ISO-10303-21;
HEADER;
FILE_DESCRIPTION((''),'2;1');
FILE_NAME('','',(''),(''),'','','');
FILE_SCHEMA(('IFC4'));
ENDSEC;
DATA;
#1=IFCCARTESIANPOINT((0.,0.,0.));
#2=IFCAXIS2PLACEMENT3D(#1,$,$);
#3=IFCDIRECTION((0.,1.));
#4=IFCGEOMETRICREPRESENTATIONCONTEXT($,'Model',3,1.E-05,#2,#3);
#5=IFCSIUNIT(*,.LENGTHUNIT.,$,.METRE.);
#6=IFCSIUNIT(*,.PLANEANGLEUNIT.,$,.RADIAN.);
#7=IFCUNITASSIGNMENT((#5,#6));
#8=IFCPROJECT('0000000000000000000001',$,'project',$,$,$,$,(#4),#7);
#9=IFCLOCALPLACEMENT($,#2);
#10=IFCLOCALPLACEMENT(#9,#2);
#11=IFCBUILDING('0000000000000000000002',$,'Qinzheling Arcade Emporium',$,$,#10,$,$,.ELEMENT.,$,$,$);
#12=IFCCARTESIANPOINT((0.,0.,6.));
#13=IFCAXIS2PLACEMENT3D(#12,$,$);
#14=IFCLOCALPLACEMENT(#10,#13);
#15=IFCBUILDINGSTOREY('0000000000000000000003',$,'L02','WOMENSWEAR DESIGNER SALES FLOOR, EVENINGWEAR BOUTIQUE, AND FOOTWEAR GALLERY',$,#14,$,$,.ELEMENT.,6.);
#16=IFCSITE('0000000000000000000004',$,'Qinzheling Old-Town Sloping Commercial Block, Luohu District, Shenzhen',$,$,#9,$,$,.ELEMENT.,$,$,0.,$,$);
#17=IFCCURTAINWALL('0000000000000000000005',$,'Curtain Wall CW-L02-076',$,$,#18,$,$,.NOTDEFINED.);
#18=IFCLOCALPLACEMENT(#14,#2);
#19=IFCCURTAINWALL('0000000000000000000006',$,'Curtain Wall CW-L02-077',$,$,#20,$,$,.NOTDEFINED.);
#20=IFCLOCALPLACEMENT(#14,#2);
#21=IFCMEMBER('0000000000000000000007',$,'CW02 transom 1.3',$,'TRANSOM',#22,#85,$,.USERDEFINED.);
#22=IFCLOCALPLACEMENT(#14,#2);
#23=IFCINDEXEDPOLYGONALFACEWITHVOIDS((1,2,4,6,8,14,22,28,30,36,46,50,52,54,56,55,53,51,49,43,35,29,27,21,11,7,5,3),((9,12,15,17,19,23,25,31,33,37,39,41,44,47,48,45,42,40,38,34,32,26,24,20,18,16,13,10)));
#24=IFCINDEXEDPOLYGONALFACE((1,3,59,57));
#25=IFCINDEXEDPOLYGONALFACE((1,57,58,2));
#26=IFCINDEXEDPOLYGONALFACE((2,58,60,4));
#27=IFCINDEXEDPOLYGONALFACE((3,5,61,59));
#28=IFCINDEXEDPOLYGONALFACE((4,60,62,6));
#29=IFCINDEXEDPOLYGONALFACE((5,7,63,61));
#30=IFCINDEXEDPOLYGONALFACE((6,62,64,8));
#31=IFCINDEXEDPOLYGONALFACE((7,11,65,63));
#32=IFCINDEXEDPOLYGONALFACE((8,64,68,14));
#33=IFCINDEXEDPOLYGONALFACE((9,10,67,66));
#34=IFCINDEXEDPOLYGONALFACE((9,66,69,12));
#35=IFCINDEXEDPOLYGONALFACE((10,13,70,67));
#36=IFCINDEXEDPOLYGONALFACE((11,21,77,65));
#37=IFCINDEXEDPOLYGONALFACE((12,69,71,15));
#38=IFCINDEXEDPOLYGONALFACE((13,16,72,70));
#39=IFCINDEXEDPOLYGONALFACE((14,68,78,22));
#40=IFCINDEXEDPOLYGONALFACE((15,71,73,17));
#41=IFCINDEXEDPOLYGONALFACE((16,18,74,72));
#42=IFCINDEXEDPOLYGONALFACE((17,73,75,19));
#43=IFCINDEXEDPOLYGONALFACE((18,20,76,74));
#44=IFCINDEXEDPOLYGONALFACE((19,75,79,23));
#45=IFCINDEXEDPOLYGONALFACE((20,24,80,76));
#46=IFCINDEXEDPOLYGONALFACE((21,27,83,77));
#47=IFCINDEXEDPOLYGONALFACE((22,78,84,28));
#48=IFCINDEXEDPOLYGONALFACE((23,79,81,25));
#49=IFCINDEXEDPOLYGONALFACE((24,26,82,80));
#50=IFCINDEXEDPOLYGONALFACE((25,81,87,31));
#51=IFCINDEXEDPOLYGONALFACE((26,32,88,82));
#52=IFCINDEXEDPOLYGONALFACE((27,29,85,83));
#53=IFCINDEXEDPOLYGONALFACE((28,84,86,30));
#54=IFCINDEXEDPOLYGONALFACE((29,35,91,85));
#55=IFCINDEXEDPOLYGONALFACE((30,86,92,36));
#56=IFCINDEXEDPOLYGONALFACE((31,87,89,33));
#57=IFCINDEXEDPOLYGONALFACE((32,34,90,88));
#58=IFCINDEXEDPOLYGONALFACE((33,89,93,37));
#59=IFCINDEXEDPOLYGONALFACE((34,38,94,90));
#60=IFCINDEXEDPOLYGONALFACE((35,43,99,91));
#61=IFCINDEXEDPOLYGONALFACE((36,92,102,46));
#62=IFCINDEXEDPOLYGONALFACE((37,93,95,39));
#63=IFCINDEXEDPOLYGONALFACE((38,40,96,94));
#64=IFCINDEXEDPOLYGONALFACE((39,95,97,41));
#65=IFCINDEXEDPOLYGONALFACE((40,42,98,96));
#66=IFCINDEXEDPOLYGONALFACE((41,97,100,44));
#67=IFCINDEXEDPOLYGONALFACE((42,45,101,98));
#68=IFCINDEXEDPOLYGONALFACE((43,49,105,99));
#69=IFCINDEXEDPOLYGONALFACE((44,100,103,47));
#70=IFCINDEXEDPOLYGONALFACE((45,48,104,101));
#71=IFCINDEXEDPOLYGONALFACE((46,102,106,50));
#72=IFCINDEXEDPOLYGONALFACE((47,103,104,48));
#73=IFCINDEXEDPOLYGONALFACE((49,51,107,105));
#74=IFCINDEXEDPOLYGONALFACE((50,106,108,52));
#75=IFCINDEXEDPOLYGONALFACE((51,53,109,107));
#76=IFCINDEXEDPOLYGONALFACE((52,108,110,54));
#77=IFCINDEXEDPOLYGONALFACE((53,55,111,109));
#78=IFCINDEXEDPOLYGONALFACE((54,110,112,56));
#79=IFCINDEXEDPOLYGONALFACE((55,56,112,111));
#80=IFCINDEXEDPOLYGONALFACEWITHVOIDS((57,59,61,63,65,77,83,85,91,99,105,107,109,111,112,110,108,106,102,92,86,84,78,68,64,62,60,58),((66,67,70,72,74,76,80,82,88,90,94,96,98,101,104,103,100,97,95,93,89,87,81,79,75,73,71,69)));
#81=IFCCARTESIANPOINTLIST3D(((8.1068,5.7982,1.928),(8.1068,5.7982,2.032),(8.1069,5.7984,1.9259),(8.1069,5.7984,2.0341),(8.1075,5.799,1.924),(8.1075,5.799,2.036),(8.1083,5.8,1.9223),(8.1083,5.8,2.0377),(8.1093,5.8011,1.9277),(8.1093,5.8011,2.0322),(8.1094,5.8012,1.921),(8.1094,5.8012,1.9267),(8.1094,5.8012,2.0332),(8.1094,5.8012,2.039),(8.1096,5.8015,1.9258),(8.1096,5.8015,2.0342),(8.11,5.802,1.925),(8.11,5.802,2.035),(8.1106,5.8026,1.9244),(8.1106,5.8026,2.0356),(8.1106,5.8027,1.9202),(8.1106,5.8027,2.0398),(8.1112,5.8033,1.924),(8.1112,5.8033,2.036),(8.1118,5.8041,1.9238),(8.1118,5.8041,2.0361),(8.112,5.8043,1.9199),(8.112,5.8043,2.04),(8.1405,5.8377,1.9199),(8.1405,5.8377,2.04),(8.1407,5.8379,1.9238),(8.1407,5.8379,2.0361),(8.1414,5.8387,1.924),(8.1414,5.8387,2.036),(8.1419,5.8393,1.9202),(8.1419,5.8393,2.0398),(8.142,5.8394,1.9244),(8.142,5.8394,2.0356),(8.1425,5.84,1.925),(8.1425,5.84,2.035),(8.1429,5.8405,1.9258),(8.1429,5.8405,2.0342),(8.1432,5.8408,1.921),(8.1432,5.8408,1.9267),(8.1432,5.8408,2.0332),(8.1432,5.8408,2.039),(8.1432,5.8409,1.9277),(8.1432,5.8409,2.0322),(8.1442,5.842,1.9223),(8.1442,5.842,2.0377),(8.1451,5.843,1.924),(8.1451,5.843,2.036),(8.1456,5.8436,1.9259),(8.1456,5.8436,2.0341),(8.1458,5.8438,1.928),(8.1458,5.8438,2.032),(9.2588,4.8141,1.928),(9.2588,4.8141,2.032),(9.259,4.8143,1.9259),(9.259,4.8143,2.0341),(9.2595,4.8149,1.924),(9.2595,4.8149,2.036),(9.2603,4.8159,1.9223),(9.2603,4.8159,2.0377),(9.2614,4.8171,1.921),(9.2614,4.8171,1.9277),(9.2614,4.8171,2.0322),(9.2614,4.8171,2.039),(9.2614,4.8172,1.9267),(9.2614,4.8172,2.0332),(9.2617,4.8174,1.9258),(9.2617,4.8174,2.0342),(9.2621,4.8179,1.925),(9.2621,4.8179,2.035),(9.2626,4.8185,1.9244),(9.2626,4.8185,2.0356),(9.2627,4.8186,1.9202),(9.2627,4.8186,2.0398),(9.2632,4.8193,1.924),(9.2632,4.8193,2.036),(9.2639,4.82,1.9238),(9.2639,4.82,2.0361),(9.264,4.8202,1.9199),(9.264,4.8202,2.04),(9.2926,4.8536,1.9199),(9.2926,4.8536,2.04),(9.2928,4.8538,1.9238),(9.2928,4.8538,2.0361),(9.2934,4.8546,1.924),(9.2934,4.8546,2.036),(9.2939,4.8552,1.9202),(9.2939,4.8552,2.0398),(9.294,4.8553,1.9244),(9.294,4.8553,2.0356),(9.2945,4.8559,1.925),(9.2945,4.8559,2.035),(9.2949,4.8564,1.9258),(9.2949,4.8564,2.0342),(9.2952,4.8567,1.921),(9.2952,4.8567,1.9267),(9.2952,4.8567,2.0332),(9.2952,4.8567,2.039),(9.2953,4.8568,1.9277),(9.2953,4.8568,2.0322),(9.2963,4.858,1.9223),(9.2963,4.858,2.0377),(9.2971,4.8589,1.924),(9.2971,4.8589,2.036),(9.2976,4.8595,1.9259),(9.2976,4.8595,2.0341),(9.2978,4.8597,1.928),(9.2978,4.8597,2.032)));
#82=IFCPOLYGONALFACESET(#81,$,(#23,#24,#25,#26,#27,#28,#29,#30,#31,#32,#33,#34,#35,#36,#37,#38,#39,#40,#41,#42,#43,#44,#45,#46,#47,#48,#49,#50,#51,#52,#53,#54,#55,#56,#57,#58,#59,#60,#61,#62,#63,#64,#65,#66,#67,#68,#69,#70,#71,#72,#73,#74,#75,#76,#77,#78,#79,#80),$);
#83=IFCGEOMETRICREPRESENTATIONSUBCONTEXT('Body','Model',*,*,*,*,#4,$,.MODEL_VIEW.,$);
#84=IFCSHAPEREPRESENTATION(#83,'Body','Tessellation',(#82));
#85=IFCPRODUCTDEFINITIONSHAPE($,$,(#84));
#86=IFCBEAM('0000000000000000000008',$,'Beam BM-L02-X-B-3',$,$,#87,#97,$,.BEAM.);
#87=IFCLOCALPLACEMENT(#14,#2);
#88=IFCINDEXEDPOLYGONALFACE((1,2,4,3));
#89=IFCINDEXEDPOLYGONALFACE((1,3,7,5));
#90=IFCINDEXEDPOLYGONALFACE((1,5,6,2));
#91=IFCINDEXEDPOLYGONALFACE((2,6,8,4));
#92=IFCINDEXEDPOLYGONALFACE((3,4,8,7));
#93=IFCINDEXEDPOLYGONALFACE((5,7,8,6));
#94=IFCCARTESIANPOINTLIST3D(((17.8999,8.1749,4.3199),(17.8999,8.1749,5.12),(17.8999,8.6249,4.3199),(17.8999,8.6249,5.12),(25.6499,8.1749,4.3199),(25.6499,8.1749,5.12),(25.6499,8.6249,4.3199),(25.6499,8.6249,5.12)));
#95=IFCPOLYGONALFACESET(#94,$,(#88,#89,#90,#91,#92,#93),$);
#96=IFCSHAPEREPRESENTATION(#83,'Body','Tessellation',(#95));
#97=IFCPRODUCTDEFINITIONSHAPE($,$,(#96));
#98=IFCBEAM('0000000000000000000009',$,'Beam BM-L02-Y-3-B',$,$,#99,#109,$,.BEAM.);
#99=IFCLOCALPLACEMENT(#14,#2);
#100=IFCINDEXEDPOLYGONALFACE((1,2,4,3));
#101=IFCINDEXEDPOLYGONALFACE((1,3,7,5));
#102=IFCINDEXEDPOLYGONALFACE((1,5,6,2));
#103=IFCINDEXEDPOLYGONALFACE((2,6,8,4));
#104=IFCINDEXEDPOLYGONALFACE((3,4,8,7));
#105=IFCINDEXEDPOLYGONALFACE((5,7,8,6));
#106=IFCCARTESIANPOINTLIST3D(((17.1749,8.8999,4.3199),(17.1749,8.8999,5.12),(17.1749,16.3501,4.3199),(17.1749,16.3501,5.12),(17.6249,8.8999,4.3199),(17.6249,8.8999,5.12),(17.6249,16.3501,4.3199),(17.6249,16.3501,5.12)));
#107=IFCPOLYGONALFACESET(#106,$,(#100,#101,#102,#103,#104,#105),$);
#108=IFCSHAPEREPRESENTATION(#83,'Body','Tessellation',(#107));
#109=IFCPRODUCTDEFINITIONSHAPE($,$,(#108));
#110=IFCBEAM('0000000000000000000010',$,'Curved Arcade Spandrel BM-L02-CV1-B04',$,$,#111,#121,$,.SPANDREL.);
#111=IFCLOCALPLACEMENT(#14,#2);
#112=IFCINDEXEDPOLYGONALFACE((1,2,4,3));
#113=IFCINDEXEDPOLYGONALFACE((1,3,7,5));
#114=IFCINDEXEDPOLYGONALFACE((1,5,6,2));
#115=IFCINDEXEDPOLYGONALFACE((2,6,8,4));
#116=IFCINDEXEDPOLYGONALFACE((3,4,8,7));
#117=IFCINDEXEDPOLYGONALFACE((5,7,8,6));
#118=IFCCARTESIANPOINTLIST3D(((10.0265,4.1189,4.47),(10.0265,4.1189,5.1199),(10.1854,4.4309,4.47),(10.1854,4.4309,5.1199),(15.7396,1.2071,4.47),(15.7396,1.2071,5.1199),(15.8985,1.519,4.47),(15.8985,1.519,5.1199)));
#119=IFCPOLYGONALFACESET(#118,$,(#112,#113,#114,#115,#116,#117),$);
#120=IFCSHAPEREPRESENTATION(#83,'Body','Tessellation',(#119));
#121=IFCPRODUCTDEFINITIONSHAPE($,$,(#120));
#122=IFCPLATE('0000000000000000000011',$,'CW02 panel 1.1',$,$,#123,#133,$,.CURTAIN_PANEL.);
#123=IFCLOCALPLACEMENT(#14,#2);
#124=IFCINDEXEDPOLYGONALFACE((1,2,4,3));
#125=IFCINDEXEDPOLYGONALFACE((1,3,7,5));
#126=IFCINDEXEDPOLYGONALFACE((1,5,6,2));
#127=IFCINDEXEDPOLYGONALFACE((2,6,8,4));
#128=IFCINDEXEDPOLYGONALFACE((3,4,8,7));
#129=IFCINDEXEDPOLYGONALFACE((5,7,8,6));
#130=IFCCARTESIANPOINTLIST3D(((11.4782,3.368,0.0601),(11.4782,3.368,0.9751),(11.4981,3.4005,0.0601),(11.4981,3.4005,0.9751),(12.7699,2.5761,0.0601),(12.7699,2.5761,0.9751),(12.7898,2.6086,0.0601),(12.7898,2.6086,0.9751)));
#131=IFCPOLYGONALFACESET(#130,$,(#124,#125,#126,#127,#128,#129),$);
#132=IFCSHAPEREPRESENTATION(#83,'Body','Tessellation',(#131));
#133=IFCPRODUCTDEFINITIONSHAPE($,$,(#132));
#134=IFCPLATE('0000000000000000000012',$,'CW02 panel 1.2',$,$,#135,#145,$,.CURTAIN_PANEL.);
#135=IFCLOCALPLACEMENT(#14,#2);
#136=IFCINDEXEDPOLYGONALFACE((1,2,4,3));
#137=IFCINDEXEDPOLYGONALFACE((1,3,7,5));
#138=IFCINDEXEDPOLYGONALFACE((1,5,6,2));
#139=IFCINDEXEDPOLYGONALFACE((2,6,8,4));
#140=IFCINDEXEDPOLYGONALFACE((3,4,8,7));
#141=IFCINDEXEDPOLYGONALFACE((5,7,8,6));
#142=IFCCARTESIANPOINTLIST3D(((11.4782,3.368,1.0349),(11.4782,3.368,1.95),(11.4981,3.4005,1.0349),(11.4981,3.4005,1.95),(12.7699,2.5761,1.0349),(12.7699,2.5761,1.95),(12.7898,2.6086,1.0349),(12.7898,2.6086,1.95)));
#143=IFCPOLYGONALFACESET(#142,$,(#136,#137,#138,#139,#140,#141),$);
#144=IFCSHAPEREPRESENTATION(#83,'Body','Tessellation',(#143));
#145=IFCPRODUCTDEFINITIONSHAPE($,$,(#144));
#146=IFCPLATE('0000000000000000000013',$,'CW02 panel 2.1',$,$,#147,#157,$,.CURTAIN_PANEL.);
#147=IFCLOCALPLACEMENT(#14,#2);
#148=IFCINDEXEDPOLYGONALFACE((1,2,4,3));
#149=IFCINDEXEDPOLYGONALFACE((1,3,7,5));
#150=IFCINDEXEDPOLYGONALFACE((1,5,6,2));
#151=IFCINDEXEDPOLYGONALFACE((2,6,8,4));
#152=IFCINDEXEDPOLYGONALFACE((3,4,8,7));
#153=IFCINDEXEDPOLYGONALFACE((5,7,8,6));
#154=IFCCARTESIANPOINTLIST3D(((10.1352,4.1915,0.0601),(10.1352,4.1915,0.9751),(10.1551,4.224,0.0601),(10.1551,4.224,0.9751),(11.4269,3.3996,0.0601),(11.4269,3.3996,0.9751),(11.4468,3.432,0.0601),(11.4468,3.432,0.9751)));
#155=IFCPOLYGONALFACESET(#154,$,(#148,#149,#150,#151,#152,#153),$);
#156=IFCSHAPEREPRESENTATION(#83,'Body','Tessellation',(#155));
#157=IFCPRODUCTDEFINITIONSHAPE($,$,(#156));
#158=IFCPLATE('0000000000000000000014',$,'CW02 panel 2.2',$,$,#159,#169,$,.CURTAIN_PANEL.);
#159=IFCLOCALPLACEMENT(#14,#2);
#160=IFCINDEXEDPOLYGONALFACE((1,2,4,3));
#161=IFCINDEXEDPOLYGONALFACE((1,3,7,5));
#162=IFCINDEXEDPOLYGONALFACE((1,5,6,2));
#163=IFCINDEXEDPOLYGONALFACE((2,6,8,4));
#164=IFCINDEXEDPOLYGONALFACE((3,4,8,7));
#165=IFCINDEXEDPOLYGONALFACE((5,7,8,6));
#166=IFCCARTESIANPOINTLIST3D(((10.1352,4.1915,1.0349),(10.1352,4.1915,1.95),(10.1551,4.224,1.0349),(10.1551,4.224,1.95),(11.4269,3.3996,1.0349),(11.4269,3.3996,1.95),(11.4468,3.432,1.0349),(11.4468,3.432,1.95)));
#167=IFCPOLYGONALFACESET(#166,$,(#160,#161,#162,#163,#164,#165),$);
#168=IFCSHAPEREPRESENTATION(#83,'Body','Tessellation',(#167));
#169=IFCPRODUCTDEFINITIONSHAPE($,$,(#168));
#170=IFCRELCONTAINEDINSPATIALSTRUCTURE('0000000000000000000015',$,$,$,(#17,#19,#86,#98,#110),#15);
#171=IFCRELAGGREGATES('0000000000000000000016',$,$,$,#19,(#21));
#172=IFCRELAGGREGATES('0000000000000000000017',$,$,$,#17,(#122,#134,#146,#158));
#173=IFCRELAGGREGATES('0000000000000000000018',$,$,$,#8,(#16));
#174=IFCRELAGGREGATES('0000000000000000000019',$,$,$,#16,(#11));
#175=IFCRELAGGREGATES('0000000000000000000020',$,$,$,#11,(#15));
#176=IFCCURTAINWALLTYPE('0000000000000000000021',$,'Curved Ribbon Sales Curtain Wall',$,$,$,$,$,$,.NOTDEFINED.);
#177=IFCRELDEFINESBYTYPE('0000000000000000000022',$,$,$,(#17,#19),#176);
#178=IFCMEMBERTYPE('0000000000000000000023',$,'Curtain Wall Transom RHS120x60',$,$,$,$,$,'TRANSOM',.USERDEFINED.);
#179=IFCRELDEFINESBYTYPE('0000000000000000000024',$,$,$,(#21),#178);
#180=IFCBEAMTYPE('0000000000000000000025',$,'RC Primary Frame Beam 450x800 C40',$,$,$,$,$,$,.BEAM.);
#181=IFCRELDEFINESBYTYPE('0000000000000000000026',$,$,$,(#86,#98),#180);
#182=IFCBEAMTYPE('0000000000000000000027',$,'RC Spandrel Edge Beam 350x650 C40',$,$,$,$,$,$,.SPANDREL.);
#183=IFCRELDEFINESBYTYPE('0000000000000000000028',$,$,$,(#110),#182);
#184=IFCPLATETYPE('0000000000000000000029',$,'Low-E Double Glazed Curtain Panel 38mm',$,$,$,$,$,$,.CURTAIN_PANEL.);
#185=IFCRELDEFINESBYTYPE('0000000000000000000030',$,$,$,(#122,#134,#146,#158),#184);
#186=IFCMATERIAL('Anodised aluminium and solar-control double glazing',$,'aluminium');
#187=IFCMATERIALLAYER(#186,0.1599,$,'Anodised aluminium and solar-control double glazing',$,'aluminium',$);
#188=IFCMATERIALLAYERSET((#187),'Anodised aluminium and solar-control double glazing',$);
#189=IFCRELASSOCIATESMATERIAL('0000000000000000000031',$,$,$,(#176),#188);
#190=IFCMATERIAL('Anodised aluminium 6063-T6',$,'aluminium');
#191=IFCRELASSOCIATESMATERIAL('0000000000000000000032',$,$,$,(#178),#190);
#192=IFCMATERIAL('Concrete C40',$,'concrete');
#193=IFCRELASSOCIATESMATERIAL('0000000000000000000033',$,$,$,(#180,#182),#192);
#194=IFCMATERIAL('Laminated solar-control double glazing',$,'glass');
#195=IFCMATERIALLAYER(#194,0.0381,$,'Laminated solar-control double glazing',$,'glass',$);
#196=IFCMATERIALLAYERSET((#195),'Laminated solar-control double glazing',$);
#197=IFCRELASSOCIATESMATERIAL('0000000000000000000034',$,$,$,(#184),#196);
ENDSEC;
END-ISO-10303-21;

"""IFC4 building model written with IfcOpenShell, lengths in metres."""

from ifc_helpers import new_model, si_unit, direction, frame, origin, origin_2d, place, context, subcontext, project, spatial, rectangle, hollow_rectangle, extrude, material, layer, layer_set, material_profile, profile_set, type_object, element, aggregate, save


model = new_model("IFC4")

# Units and contexts
model_context = context("Model", 3, precision=1e-05, world=origin(), true_north=direction((0.0, 1.0)))
body_context = subcontext(model_context, "Body", "Model", "MODEL_VIEW")
ifc_project = project(units=[si_unit("LENGTHUNIT", "METRE"), si_unit("PLANEANGLEUNIT", "RADIAN")], contexts=[model_context])

# Site, building, storey
site_placement = place(None, origin())
site = spatial("IfcSite", under=ifc_project, at=site_placement, Name="Qinzheling Old-Town Sloping Commercial Block, Luohu District, Shenzhen", CompositionType="ELEMENT", RefElevation=0.0)
building_placement = place(site_placement, origin())
building = spatial("IfcBuilding", under=site, at=building_placement, Name="Qinzheling Arcade Emporium", CompositionType="ELEMENT")
storey_placement = place(building_placement, frame((0.0, 0.0, 6.0)))
storey = spatial("IfcBuildingStorey", under=building, at=storey_placement, Name="L02", Description="WOMENSWEAR DESIGNER SALES FLOOR, EVENINGWEAR BOUTIQUE, AND FOOTWEAR GALLERY", CompositionType="ELEMENT", Elevation=6.0)

# Curtain wall
ifc_material_1 = material(Name="Anodised aluminium and solar-control double glazing", Category="aluminium")
ifc_layer_1 = layer(ifc_material_1, 0.1599, Name="Anodised aluminium and solar-control double glazing", Category="aluminium")
ifc_layer_set_1 = layer_set([ifc_layer_1], Name="Anodised aluminium and solar-control double glazing")
curtain_wall_type = type_object("IfcCurtainWallType", Name="Curved Ribbon Sales Curtain Wall", PredefinedType="NOTDEFINED", material=ifc_layer_set_1)
curtain_wall_1_placement = place(storey_placement, origin())
curtain_wall_1 = element("IfcCurtainWall", 1, at=curtain_wall_1_placement, inside=storey, type_object=curtain_wall_type, Name="Curtain Wall CW-L02-076", PredefinedType="NOTDEFINED")
ifc_material_2 = material(Name="Anodised aluminium 6063-T6", Category="aluminium")

# Curtain wall
curtain_wall_2_placement = place(storey_placement, origin())
curtain_wall_2 = element("IfcCurtainWall", 2, at=curtain_wall_2_placement, inside=storey, type_object=curtain_wall_type, Name="Curtain Wall CW-L02-077", PredefinedType="NOTDEFINED")

# Member
ifc_material_profile_1 = material_profile(ifc_material_2, hollow_rectangle(XDim=0.0601, YDim=0.1201, WallThickness=0.0039, InnerFilletRadius=0.0039, OuterFilletRadius=0.0081, at=origin_2d()), Name="RHS 120x60x4", Category="aluminium")
ifc_profile_set_1 = profile_set([ifc_material_profile_1], Name="Anodised aluminium 6063-T6")
member_type_1 = type_object("IfcMemberType", Name="Curtain Wall Transom RHS120x60", ElementType="TRANSOM", PredefinedType="USERDEFINED", material=ifc_profile_set_1)
member_1_placement = place(storey_placement, frame((9.2783, 4.8369, 1.98), z_axis=(-0.760359, 0.649503, 0.0), x_axis=(-0.649503, -0.760359, 0.0)))
member_1 = element("IfcMember", 3, at=member_1_placement, type_object=member_type_1, Name="CW02 transom 1.3", ObjectType="TRANSOM", PredefinedType="USERDEFINED", context=body_context, shape_type="SweptSolid", body=[
    extrude(hollow_rectangle(XDim=0.0601, YDim=0.1201, WallThickness=0.0039, InnerFilletRadius=0.0039, OuterFilletRadius=0.0081, at=origin_2d()), origin(), (0.0, 0.0, 1.0), 1.5151),
])
aggregate(curtain_wall_2, [member_1])

# Beams
ifc_material_3 = material(Name="Concrete C40", Category="concrete")
ifc_material_profile_2 = material_profile(ifc_material_3, rectangle(XDim=0.45, YDim=0.8, at=origin_2d()), Name="RC 450x800", Category="concrete")
ifc_profile_set_2 = profile_set([ifc_material_profile_2], Name="Concrete C40")
beam_type_1 = type_object("IfcBeamType", Name="RC Primary Frame Beam 450x800 C40", PredefinedType="BEAM", material=ifc_profile_set_2)
beam_1_placement = place(storey_placement, frame((17.8999, 8.3999, 4.72), z_axis=(1.0, 0.0, 0.0), x_axis=(0.0, 1.0, 0.0)))
element("IfcBeam", 4, at=beam_1_placement, inside=storey, type_object=beam_type_1, Name="Beam BM-L02-X-B-3", PredefinedType="BEAM", context=body_context, shape_type="SweptSolid", body=[
    extrude(rectangle(XDim=0.45, YDim=0.8, at=origin_2d()), origin(), (0.0, 0.0, 1.0), 7.75),
])
beam_2_placement = place(storey_placement, frame((17.3999, 8.8999, 4.72), z_axis=(0.0, 1.0, 0.0), x_axis=(-1.0, 0.0, 0.0)))
element("IfcBeam", 5, at=beam_2_placement, inside=storey, type_object=beam_type_1, Name="Beam BM-L02-Y-3-B", PredefinedType="BEAM", context=body_context, shape_type="SweptSolid", body=[
    extrude(rectangle(XDim=0.45, YDim=0.8, at=origin_2d()), origin(), (0.0, 0.0, 1.0), 7.4502),
])
ifc_material_profile_3 = material_profile(ifc_material_3, rectangle(XDim=0.3501, YDim=0.6499, at=origin_2d()), Name="RC 350x650", Category="concrete")
ifc_profile_set_3 = profile_set([ifc_material_profile_3], Name="Concrete C40")
beam_type_2 = type_object("IfcBeamType", Name="RC Spandrel Edge Beam 350x650 C40", PredefinedType="SPANDREL", material=ifc_profile_set_3)
beam_3_placement = place(storey_placement, frame((10.106, 4.2749, 4.7949), z_axis=(0.890951, -0.454099, 0.0), x_axis=(0.454099, 0.890951, 0.0)))
element("IfcBeam", 6, at=beam_3_placement, inside=storey, type_object=beam_type_2, Name="Curved Arcade Spandrel BM-L02-CV1-B04", PredefinedType="SPANDREL", context=body_context, shape_type="SweptSolid", body=[
    extrude(rectangle(XDim=0.3501, YDim=0.6499, at=origin_2d()), origin(), (0.0, 0.0, 1.0), 6.4124),
])

# Plates
ifc_material_4 = material(Name="Laminated solar-control double glazing", Category="glass")
ifc_layer_2 = layer(ifc_material_4, 0.0381, Name="Laminated solar-control double glazing", Category="glass")
ifc_layer_set_2 = layer_set([ifc_layer_2], Name="Laminated solar-control double glazing")
plate_type = type_object("IfcPlateType", Name="Low-E Double Glazed Curtain Panel 38mm", PredefinedType="CURTAIN_PANEL", material=ifc_layer_set_2)
plate_1_placement = place(storey_placement, frame((12.134, 2.9883, 0.0601), z_axis=(0.0, 0.0, 1.0), x_axis=(-0.852534, 0.522672, 0.0)))
plate_1 = element("IfcPlate", 7, at=plate_1_placement, type_object=plate_type, Name="CW02 panel 1.1", PredefinedType="CURTAIN_PANEL", context=body_context, shape_type="SweptSolid", body=[
    extrude(rectangle(XDim=1.5151, YDim=0.0381, at=origin_2d()), origin(), (0.0, 0.0, 1.0), 0.915),
])
plate_2_placement = place(storey_placement, frame((12.134, 2.9883, 1.0349), z_axis=(0.0, 0.0, 1.0), x_axis=(-0.852534, 0.522672, 0.0)))
plate_2 = element("IfcPlate", 8, at=plate_2_placement, type_object=plate_type, Name="CW02 panel 1.2", PredefinedType="CURTAIN_PANEL", context=body_context, shape_type="SweptSolid", body=[
    extrude(rectangle(XDim=1.5151, YDim=0.0381, at=origin_2d()), origin(), (0.0, 0.0, 1.0), 0.915),
])
plate_3_placement = place(storey_placement, frame((10.791, 3.8118, 0.0601), z_axis=(0.0, 0.0, 1.0), x_axis=(-0.852534, 0.522672, 0.0)))
plate_3 = element("IfcPlate", 9, at=plate_3_placement, type_object=plate_type, Name="CW02 panel 2.1", PredefinedType="CURTAIN_PANEL", context=body_context, shape_type="SweptSolid", body=[
    extrude(rectangle(XDim=1.5151, YDim=0.0381, at=origin_2d()), origin(), (0.0, 0.0, 1.0), 0.915),
])
plate_4_placement = place(storey_placement, frame((10.791, 3.8118, 1.0349), z_axis=(0.0, 0.0, 1.0), x_axis=(-0.852534, 0.522672, 0.0)))
plate_4 = element("IfcPlate", 10, at=plate_4_placement, type_object=plate_type, Name="CW02 panel 2.2", PredefinedType="CURTAIN_PANEL", context=body_context, shape_type="SweptSolid", body=[
    extrude(rectangle(XDim=1.5151, YDim=0.0381, at=origin_2d()), origin(), (0.0, 0.0, 1.0), 0.915),
])
aggregate(curtain_wall_1, [plate_1, plate_2, plate_3, plate_4])

save(model, "model.ifc")
